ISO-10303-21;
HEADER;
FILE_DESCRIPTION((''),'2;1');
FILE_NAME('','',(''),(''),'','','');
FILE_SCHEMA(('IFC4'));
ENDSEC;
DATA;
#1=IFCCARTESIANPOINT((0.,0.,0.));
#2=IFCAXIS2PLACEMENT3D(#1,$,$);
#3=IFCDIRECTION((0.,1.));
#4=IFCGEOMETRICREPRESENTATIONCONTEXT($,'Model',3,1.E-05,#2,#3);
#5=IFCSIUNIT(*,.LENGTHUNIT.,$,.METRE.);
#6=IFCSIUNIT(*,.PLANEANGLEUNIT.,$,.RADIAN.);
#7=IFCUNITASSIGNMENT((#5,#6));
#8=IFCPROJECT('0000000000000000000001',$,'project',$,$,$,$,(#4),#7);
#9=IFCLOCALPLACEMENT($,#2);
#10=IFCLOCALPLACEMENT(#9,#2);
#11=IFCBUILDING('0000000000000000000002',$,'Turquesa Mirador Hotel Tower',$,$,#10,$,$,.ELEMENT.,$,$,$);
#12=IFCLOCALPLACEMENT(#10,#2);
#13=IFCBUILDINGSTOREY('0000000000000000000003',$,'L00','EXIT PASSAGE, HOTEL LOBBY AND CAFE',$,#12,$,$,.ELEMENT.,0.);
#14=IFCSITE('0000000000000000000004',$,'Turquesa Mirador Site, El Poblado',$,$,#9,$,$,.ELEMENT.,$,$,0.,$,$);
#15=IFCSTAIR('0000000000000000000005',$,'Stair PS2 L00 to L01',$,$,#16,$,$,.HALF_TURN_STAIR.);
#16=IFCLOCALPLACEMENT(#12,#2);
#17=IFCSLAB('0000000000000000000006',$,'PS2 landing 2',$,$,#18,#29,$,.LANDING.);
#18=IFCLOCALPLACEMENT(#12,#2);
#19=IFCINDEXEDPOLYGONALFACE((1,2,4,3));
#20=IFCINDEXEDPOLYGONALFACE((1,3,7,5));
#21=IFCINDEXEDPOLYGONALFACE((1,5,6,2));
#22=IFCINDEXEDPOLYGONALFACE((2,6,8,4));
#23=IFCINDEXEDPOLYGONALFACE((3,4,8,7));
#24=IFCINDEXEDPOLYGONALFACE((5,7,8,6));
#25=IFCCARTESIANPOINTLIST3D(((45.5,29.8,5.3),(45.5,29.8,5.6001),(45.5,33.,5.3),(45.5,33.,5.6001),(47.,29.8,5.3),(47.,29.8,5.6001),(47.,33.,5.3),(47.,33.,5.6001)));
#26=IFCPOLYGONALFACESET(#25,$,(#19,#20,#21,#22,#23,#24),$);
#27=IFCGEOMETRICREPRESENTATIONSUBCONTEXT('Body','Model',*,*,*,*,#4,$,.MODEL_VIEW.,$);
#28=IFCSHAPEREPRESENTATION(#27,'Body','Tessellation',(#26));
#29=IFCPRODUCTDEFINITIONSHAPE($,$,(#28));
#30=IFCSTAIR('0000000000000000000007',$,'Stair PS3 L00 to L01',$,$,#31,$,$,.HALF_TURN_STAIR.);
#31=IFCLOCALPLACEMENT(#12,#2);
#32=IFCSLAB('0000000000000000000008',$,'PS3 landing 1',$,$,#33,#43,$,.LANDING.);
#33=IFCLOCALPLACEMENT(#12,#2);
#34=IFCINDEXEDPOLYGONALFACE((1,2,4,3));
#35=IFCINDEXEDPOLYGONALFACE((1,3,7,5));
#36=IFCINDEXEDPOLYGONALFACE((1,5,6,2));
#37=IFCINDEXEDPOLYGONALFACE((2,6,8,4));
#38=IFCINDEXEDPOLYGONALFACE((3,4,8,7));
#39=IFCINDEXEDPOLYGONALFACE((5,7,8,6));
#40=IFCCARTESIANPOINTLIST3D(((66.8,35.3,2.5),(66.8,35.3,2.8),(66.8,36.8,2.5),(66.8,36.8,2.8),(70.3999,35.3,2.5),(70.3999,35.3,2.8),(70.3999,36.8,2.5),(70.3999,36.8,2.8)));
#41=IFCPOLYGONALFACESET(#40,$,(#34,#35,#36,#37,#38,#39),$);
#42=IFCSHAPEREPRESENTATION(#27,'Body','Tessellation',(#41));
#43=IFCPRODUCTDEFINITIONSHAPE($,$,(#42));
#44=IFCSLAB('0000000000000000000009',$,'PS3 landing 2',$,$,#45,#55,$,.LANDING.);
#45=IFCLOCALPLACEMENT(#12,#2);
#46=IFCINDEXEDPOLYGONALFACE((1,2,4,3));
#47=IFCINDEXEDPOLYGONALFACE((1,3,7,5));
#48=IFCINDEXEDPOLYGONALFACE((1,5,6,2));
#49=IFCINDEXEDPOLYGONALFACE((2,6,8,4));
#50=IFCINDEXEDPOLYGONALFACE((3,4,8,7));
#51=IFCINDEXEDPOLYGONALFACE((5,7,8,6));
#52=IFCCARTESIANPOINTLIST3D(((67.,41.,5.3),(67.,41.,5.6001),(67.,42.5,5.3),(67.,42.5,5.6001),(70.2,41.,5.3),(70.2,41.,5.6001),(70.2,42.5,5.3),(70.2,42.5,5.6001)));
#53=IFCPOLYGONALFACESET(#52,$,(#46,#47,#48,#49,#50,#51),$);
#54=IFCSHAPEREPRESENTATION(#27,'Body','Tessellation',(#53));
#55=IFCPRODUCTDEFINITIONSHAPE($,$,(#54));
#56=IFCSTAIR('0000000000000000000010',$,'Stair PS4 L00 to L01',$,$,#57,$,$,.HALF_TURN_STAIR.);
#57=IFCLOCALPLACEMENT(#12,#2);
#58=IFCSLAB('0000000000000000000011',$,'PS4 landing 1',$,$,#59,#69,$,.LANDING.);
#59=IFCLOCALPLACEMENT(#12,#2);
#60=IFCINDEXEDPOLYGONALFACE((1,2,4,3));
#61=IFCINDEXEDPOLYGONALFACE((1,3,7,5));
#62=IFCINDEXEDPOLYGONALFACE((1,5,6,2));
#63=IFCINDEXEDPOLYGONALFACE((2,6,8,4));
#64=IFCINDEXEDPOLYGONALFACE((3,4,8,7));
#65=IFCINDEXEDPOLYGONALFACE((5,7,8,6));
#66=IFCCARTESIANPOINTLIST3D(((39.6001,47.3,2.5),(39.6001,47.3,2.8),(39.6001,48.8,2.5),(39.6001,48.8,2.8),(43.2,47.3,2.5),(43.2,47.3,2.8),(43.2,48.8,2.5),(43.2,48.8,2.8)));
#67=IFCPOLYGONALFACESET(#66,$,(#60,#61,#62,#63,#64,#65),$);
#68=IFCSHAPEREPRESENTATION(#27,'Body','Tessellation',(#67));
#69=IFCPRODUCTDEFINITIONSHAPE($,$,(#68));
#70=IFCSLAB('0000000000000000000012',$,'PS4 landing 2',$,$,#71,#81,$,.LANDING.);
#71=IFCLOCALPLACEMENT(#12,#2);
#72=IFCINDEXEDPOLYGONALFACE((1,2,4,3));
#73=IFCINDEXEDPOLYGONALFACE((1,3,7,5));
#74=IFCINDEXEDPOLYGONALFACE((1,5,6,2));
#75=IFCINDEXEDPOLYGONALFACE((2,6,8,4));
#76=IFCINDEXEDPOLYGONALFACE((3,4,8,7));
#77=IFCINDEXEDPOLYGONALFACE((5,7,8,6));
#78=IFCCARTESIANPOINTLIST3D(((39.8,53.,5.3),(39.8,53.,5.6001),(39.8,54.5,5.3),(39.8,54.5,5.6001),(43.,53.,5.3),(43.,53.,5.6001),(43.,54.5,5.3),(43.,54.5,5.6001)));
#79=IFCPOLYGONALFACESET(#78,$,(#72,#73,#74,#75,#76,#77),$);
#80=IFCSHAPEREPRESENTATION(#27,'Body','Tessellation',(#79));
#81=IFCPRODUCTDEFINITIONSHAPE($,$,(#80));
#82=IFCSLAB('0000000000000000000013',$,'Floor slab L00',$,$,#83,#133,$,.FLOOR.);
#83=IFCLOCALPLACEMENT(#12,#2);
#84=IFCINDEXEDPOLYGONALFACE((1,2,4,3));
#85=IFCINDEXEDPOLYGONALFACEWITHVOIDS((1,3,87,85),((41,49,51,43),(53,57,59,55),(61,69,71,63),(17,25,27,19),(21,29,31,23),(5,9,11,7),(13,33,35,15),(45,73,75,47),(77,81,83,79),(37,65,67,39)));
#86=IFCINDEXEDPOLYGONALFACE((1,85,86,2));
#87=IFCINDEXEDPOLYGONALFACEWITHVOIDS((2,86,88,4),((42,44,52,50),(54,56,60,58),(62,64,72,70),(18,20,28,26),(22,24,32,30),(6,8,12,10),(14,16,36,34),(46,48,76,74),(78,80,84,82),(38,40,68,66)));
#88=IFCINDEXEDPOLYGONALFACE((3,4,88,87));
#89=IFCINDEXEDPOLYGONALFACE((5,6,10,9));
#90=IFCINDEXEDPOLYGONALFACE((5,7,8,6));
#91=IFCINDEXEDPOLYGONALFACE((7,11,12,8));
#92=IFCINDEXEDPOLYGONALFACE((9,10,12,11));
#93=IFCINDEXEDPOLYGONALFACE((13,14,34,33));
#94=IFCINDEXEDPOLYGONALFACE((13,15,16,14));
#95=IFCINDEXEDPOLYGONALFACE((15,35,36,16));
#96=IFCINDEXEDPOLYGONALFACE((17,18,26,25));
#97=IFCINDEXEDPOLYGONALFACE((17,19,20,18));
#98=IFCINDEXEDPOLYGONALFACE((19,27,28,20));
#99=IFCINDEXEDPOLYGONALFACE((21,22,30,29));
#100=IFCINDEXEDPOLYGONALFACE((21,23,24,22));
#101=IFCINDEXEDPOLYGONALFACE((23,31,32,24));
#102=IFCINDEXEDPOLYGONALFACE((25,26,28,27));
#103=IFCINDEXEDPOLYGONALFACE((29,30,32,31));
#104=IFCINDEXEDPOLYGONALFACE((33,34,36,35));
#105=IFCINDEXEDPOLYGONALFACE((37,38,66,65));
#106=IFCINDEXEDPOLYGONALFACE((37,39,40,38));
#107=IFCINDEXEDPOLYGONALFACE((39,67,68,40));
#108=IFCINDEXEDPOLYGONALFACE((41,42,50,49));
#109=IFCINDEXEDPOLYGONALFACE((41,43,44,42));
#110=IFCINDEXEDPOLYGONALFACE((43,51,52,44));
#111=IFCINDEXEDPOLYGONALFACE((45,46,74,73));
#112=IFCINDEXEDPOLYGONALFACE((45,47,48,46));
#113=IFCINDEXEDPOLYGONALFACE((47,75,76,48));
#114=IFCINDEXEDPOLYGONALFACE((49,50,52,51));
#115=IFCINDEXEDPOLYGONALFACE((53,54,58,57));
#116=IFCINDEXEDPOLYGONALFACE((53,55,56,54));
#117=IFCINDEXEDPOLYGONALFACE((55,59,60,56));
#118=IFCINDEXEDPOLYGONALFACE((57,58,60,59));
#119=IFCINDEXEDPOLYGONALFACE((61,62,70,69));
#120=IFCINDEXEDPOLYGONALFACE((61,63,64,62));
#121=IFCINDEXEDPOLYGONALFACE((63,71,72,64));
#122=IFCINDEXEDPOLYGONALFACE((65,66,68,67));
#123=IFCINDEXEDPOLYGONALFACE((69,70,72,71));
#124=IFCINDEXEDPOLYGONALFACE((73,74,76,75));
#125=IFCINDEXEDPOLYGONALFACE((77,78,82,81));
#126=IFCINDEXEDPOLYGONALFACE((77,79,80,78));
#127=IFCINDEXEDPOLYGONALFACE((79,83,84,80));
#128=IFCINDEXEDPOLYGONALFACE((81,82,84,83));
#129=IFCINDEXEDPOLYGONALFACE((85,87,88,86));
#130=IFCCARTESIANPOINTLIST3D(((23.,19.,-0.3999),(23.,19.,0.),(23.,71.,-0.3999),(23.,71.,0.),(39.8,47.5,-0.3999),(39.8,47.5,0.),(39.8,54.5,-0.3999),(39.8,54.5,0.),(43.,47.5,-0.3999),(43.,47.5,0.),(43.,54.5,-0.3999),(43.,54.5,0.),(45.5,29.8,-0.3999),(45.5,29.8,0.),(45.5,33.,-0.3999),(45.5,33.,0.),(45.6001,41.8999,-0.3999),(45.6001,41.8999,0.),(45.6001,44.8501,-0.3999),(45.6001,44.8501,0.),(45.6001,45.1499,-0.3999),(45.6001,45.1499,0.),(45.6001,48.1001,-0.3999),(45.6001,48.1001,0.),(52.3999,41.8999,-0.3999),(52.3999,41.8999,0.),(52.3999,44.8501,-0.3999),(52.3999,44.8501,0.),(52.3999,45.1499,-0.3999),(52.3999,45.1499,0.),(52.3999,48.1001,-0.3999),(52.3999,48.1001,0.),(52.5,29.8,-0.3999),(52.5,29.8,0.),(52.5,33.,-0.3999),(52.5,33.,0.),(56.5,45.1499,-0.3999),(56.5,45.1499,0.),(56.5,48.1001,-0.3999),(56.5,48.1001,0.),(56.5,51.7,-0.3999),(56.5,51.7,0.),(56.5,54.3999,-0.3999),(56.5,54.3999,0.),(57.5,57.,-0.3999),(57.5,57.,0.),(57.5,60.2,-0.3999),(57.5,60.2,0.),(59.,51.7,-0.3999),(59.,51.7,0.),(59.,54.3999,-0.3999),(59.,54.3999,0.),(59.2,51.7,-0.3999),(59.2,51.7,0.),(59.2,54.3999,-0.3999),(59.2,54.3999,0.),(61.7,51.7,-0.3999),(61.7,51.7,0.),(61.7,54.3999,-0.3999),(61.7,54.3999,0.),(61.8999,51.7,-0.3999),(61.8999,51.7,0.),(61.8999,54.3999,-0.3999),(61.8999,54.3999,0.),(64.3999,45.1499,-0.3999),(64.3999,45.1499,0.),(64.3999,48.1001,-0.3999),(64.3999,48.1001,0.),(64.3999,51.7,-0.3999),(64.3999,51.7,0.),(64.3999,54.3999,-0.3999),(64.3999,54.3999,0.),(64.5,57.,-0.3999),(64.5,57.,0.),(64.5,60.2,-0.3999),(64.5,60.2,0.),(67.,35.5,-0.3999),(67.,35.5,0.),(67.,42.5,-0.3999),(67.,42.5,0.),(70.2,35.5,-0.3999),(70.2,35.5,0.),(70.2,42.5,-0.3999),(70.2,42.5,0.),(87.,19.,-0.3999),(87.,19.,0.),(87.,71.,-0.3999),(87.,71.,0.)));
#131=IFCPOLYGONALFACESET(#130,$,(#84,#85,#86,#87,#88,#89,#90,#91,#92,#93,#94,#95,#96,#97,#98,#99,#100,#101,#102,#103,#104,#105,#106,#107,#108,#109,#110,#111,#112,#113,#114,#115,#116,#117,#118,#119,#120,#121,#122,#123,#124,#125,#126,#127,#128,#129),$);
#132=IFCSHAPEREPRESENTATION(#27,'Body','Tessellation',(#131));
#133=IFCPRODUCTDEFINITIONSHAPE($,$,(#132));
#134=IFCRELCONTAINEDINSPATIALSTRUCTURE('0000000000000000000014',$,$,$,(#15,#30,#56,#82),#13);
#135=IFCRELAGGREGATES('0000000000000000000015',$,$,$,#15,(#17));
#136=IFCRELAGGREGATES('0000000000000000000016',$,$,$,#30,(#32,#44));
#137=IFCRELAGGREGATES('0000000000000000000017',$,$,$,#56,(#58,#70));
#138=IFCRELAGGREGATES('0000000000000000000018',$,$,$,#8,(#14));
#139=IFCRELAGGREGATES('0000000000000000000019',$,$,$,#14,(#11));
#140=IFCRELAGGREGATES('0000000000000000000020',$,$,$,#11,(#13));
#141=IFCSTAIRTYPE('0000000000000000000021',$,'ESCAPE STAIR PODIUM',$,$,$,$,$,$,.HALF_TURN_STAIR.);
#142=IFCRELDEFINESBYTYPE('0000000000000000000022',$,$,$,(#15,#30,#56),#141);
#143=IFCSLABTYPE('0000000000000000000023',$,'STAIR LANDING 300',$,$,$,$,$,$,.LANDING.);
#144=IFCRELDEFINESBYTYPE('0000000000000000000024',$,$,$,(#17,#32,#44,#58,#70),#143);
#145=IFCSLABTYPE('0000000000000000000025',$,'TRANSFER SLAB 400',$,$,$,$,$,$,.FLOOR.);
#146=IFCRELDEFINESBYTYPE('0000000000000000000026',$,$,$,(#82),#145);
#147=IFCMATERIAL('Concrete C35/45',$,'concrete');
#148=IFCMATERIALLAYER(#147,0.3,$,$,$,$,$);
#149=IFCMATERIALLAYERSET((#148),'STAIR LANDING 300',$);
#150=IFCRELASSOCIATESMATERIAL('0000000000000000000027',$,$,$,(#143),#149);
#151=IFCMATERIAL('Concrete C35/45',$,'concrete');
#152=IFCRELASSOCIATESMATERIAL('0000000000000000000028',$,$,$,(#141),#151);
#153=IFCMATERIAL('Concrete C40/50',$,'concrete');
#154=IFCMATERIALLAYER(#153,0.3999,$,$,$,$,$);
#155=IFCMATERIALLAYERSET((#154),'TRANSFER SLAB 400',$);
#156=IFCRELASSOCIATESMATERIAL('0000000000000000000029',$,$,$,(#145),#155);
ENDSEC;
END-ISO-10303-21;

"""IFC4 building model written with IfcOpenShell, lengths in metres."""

from ifc_helpers import new_model, si_unit, direction, frame, origin, place, context, subcontext, project, spatial, polyline, outline, extrude, material, layer, layer_set, type_object, element, aggregate, save


model = new_model("IFC4")

# Units and contexts
model_context = context("Model", 3, precision=1e-05, world=origin(), true_north=direction((0.0, 1.0)))
body_context = subcontext(model_context, "Body", "Model", "MODEL_VIEW")
ifc_project = project(units=[si_unit("LENGTHUNIT", "METRE"), si_unit("PLANEANGLEUNIT", "RADIAN")], contexts=[model_context])

# Site, building, storey
site_placement = place(None, origin())
site = spatial("IfcSite", under=ifc_project, at=site_placement, Name="Turquesa Mirador Site, El Poblado", CompositionType="ELEMENT", RefElevation=0.0)
building_placement = place(site_placement, origin())
building = spatial("IfcBuilding", under=site, at=building_placement, Name="Turquesa Mirador Hotel Tower", CompositionType="ELEMENT")
storey_placement = place(building_placement, origin())
storey = spatial("IfcBuildingStorey", under=building, at=storey_placement, Name="L00", Description="EXIT PASSAGE, HOTEL LOBBY AND CAFE", CompositionType="ELEMENT", Elevation=0.0)

# Stairs, slabs
ifc_material_1 = material(Name="Concrete C35/45", Category="concrete")
ifc_layer_1 = layer(ifc_material_1, 0.3)
ifc_layer_set_1 = layer_set([ifc_layer_1], Name="STAIR LANDING 300")
slab_type_1 = type_object("IfcSlabType", Name="STAIR LANDING 300", PredefinedType="LANDING", material=ifc_layer_set_1)
ifc_material_2 = material(Name="Concrete C35/45", Category="concrete")
stair_type_1 = type_object("IfcStairType", Name="ESCAPE STAIR PODIUM", PredefinedType="HALF_TURN_STAIR", material=ifc_material_2)
stair_1_placement = place(storey_placement, origin())
stair_1 = element("IfcStair", 1, at=stair_1_placement, inside=storey, type_object=stair_type_1, Name="Stair PS2 L00 to L01", PredefinedType="HALF_TURN_STAIR")
slab_1_placement = place(storey_placement, frame((0.0, 0.0, 5.3)))
slab_1 = element("IfcSlab", 2, at=slab_1_placement, type_object=slab_type_1, Name="PS2 landing 2", PredefinedType="LANDING", context=body_context, shape_type="SweptSolid", body=[
    extrude(outline(polyline([(47.0, 33.0), (45.5, 33.0), (45.5, 29.8), (47.0, 29.8), (47.0, 33.0)])), origin(), (0.0, 0.0, 1.0), 0.3),
])
aggregate(stair_1, [slab_1])
stair_2_placement = place(storey_placement, origin())
stair_2 = element("IfcStair", 3, at=stair_2_placement, inside=storey, type_object=stair_type_1, Name="Stair PS3 L00 to L01", PredefinedType="HALF_TURN_STAIR")
slab_2_placement = place(storey_placement, frame((0.0, 0.0, 2.5)))
slab_2 = element("IfcSlab", 4, at=slab_2_placement, type_object=slab_type_1, Name="PS3 landing 1", PredefinedType="LANDING", context=body_context, shape_type="SweptSolid", body=[
    extrude(outline(polyline([(66.8, 35.3), (70.3999, 35.3), (70.3999, 36.8), (66.8, 36.8), (66.8, 35.3)])), origin(), (0.0, 0.0, 1.0), 0.3),
])
slab_3_placement = place(storey_placement, frame((0.0, 0.0, 5.3)))
slab_3 = element("IfcSlab", 5, at=slab_3_placement, type_object=slab_type_1, Name="PS3 landing 2", PredefinedType="LANDING", context=body_context, shape_type="SweptSolid", body=[
    extrude(outline(polyline([(67.0, 41.0), (70.2, 41.0), (70.2, 42.5), (67.0, 42.5), (67.0, 41.0)])), origin(), (0.0, 0.0, 1.0), 0.3),
])
aggregate(stair_2, [slab_2, slab_3])
stair_3_placement = place(storey_placement, origin())
stair_3 = element("IfcStair", 6, at=stair_3_placement, inside=storey, type_object=stair_type_1, Name="Stair PS4 L00 to L01", PredefinedType="HALF_TURN_STAIR")
slab_4_placement = place(storey_placement, frame((0.0, 0.0, 2.5)))
slab_4 = element("IfcSlab", 7, at=slab_4_placement, type_object=slab_type_1, Name="PS4 landing 1", PredefinedType="LANDING", context=body_context, shape_type="SweptSolid", body=[
    extrude(outline(polyline([(39.6001, 47.3), (43.2, 47.3), (43.2, 48.8), (39.6001, 48.8), (39.6001, 47.3)])), origin(), (0.0, 0.0, 1.0), 0.3),
])
slab_5_placement = place(storey_placement, frame((0.0, 0.0, 5.3)))
slab_5 = element("IfcSlab", 8, at=slab_5_placement, type_object=slab_type_1, Name="PS4 landing 2", PredefinedType="LANDING", context=body_context, shape_type="SweptSolid", body=[
    extrude(outline(polyline([(39.8, 53.0), (43.0, 53.0), (43.0, 54.5), (39.8, 54.5), (39.8, 53.0)])), origin(), (0.0, 0.0, 1.0), 0.3),
])
aggregate(stair_3, [slab_4, slab_5])

# Slab
ifc_material_3 = material(Name="Concrete C40/50", Category="concrete")
ifc_layer_2 = layer(ifc_material_3, 0.3999)
ifc_layer_set_2 = layer_set([ifc_layer_2], Name="TRANSFER SLAB 400")
slab_type_2 = type_object("IfcSlabType", Name="TRANSFER SLAB 400", PredefinedType="FLOOR", material=ifc_layer_set_2)
slab_6_placement = place(storey_placement, frame((0.0, 0.0, -0.3999)))
element("IfcSlab", 9, at=slab_6_placement, inside=storey, type_object=slab_type_2, Name="Floor slab L00", PredefinedType="FLOOR", context=body_context, shape_type="SweptSolid", body=[
    extrude(outline(polyline([(23.0, 19.0), (87.0, 19.0), (87.0, 71.0), (23.0, 71.0), (23.0, 19.0)]), holes=[polyline([(56.5, 51.7), (59.0, 51.7), (59.0, 54.3999), (56.5, 54.3999), (56.5, 51.7)]), polyline([(59.2, 51.7), (61.7, 51.7), (61.7, 54.3999), (59.2, 54.3999), (59.2, 51.7)]), polyline([(45.6001, 45.1499), (52.3999, 45.1499), (52.3999, 48.1001), (45.6001, 48.1001), (45.6001, 45.1499)]), polyline([(45.6001, 41.8999), (52.3999, 41.8999), (52.3999, 44.8501), (45.6001, 44.8501), (45.6001, 41.8999)]), polyline([(56.5, 45.1499), (64.3999, 45.1499), (64.3999, 48.1001), (56.5, 48.1001), (56.5, 45.1499)]), polyline([(61.8999, 51.7), (64.3999, 51.7), (64.3999, 54.3999), (61.8999, 54.3999), (61.8999, 51.7)]), polyline([(57.5, 57.0), (64.5, 57.0), (64.5, 60.2), (57.5, 60.2), (57.5, 57.0)]), polyline([(45.5, 29.8), (52.5, 29.8), (52.5, 33.0), (45.5, 33.0), (45.5, 29.8)]), polyline([(67.0, 35.5), (70.2, 35.5), (70.2, 42.5), (67.0, 42.5), (67.0, 35.5)]), polyline([(39.8, 47.5), (43.0, 47.5), (43.0, 54.5), (39.8, 54.5), (39.8, 47.5)])]), origin(), (0.0, 0.0, 1.0), 0.3999),
])

save(model, "model.ifc")
